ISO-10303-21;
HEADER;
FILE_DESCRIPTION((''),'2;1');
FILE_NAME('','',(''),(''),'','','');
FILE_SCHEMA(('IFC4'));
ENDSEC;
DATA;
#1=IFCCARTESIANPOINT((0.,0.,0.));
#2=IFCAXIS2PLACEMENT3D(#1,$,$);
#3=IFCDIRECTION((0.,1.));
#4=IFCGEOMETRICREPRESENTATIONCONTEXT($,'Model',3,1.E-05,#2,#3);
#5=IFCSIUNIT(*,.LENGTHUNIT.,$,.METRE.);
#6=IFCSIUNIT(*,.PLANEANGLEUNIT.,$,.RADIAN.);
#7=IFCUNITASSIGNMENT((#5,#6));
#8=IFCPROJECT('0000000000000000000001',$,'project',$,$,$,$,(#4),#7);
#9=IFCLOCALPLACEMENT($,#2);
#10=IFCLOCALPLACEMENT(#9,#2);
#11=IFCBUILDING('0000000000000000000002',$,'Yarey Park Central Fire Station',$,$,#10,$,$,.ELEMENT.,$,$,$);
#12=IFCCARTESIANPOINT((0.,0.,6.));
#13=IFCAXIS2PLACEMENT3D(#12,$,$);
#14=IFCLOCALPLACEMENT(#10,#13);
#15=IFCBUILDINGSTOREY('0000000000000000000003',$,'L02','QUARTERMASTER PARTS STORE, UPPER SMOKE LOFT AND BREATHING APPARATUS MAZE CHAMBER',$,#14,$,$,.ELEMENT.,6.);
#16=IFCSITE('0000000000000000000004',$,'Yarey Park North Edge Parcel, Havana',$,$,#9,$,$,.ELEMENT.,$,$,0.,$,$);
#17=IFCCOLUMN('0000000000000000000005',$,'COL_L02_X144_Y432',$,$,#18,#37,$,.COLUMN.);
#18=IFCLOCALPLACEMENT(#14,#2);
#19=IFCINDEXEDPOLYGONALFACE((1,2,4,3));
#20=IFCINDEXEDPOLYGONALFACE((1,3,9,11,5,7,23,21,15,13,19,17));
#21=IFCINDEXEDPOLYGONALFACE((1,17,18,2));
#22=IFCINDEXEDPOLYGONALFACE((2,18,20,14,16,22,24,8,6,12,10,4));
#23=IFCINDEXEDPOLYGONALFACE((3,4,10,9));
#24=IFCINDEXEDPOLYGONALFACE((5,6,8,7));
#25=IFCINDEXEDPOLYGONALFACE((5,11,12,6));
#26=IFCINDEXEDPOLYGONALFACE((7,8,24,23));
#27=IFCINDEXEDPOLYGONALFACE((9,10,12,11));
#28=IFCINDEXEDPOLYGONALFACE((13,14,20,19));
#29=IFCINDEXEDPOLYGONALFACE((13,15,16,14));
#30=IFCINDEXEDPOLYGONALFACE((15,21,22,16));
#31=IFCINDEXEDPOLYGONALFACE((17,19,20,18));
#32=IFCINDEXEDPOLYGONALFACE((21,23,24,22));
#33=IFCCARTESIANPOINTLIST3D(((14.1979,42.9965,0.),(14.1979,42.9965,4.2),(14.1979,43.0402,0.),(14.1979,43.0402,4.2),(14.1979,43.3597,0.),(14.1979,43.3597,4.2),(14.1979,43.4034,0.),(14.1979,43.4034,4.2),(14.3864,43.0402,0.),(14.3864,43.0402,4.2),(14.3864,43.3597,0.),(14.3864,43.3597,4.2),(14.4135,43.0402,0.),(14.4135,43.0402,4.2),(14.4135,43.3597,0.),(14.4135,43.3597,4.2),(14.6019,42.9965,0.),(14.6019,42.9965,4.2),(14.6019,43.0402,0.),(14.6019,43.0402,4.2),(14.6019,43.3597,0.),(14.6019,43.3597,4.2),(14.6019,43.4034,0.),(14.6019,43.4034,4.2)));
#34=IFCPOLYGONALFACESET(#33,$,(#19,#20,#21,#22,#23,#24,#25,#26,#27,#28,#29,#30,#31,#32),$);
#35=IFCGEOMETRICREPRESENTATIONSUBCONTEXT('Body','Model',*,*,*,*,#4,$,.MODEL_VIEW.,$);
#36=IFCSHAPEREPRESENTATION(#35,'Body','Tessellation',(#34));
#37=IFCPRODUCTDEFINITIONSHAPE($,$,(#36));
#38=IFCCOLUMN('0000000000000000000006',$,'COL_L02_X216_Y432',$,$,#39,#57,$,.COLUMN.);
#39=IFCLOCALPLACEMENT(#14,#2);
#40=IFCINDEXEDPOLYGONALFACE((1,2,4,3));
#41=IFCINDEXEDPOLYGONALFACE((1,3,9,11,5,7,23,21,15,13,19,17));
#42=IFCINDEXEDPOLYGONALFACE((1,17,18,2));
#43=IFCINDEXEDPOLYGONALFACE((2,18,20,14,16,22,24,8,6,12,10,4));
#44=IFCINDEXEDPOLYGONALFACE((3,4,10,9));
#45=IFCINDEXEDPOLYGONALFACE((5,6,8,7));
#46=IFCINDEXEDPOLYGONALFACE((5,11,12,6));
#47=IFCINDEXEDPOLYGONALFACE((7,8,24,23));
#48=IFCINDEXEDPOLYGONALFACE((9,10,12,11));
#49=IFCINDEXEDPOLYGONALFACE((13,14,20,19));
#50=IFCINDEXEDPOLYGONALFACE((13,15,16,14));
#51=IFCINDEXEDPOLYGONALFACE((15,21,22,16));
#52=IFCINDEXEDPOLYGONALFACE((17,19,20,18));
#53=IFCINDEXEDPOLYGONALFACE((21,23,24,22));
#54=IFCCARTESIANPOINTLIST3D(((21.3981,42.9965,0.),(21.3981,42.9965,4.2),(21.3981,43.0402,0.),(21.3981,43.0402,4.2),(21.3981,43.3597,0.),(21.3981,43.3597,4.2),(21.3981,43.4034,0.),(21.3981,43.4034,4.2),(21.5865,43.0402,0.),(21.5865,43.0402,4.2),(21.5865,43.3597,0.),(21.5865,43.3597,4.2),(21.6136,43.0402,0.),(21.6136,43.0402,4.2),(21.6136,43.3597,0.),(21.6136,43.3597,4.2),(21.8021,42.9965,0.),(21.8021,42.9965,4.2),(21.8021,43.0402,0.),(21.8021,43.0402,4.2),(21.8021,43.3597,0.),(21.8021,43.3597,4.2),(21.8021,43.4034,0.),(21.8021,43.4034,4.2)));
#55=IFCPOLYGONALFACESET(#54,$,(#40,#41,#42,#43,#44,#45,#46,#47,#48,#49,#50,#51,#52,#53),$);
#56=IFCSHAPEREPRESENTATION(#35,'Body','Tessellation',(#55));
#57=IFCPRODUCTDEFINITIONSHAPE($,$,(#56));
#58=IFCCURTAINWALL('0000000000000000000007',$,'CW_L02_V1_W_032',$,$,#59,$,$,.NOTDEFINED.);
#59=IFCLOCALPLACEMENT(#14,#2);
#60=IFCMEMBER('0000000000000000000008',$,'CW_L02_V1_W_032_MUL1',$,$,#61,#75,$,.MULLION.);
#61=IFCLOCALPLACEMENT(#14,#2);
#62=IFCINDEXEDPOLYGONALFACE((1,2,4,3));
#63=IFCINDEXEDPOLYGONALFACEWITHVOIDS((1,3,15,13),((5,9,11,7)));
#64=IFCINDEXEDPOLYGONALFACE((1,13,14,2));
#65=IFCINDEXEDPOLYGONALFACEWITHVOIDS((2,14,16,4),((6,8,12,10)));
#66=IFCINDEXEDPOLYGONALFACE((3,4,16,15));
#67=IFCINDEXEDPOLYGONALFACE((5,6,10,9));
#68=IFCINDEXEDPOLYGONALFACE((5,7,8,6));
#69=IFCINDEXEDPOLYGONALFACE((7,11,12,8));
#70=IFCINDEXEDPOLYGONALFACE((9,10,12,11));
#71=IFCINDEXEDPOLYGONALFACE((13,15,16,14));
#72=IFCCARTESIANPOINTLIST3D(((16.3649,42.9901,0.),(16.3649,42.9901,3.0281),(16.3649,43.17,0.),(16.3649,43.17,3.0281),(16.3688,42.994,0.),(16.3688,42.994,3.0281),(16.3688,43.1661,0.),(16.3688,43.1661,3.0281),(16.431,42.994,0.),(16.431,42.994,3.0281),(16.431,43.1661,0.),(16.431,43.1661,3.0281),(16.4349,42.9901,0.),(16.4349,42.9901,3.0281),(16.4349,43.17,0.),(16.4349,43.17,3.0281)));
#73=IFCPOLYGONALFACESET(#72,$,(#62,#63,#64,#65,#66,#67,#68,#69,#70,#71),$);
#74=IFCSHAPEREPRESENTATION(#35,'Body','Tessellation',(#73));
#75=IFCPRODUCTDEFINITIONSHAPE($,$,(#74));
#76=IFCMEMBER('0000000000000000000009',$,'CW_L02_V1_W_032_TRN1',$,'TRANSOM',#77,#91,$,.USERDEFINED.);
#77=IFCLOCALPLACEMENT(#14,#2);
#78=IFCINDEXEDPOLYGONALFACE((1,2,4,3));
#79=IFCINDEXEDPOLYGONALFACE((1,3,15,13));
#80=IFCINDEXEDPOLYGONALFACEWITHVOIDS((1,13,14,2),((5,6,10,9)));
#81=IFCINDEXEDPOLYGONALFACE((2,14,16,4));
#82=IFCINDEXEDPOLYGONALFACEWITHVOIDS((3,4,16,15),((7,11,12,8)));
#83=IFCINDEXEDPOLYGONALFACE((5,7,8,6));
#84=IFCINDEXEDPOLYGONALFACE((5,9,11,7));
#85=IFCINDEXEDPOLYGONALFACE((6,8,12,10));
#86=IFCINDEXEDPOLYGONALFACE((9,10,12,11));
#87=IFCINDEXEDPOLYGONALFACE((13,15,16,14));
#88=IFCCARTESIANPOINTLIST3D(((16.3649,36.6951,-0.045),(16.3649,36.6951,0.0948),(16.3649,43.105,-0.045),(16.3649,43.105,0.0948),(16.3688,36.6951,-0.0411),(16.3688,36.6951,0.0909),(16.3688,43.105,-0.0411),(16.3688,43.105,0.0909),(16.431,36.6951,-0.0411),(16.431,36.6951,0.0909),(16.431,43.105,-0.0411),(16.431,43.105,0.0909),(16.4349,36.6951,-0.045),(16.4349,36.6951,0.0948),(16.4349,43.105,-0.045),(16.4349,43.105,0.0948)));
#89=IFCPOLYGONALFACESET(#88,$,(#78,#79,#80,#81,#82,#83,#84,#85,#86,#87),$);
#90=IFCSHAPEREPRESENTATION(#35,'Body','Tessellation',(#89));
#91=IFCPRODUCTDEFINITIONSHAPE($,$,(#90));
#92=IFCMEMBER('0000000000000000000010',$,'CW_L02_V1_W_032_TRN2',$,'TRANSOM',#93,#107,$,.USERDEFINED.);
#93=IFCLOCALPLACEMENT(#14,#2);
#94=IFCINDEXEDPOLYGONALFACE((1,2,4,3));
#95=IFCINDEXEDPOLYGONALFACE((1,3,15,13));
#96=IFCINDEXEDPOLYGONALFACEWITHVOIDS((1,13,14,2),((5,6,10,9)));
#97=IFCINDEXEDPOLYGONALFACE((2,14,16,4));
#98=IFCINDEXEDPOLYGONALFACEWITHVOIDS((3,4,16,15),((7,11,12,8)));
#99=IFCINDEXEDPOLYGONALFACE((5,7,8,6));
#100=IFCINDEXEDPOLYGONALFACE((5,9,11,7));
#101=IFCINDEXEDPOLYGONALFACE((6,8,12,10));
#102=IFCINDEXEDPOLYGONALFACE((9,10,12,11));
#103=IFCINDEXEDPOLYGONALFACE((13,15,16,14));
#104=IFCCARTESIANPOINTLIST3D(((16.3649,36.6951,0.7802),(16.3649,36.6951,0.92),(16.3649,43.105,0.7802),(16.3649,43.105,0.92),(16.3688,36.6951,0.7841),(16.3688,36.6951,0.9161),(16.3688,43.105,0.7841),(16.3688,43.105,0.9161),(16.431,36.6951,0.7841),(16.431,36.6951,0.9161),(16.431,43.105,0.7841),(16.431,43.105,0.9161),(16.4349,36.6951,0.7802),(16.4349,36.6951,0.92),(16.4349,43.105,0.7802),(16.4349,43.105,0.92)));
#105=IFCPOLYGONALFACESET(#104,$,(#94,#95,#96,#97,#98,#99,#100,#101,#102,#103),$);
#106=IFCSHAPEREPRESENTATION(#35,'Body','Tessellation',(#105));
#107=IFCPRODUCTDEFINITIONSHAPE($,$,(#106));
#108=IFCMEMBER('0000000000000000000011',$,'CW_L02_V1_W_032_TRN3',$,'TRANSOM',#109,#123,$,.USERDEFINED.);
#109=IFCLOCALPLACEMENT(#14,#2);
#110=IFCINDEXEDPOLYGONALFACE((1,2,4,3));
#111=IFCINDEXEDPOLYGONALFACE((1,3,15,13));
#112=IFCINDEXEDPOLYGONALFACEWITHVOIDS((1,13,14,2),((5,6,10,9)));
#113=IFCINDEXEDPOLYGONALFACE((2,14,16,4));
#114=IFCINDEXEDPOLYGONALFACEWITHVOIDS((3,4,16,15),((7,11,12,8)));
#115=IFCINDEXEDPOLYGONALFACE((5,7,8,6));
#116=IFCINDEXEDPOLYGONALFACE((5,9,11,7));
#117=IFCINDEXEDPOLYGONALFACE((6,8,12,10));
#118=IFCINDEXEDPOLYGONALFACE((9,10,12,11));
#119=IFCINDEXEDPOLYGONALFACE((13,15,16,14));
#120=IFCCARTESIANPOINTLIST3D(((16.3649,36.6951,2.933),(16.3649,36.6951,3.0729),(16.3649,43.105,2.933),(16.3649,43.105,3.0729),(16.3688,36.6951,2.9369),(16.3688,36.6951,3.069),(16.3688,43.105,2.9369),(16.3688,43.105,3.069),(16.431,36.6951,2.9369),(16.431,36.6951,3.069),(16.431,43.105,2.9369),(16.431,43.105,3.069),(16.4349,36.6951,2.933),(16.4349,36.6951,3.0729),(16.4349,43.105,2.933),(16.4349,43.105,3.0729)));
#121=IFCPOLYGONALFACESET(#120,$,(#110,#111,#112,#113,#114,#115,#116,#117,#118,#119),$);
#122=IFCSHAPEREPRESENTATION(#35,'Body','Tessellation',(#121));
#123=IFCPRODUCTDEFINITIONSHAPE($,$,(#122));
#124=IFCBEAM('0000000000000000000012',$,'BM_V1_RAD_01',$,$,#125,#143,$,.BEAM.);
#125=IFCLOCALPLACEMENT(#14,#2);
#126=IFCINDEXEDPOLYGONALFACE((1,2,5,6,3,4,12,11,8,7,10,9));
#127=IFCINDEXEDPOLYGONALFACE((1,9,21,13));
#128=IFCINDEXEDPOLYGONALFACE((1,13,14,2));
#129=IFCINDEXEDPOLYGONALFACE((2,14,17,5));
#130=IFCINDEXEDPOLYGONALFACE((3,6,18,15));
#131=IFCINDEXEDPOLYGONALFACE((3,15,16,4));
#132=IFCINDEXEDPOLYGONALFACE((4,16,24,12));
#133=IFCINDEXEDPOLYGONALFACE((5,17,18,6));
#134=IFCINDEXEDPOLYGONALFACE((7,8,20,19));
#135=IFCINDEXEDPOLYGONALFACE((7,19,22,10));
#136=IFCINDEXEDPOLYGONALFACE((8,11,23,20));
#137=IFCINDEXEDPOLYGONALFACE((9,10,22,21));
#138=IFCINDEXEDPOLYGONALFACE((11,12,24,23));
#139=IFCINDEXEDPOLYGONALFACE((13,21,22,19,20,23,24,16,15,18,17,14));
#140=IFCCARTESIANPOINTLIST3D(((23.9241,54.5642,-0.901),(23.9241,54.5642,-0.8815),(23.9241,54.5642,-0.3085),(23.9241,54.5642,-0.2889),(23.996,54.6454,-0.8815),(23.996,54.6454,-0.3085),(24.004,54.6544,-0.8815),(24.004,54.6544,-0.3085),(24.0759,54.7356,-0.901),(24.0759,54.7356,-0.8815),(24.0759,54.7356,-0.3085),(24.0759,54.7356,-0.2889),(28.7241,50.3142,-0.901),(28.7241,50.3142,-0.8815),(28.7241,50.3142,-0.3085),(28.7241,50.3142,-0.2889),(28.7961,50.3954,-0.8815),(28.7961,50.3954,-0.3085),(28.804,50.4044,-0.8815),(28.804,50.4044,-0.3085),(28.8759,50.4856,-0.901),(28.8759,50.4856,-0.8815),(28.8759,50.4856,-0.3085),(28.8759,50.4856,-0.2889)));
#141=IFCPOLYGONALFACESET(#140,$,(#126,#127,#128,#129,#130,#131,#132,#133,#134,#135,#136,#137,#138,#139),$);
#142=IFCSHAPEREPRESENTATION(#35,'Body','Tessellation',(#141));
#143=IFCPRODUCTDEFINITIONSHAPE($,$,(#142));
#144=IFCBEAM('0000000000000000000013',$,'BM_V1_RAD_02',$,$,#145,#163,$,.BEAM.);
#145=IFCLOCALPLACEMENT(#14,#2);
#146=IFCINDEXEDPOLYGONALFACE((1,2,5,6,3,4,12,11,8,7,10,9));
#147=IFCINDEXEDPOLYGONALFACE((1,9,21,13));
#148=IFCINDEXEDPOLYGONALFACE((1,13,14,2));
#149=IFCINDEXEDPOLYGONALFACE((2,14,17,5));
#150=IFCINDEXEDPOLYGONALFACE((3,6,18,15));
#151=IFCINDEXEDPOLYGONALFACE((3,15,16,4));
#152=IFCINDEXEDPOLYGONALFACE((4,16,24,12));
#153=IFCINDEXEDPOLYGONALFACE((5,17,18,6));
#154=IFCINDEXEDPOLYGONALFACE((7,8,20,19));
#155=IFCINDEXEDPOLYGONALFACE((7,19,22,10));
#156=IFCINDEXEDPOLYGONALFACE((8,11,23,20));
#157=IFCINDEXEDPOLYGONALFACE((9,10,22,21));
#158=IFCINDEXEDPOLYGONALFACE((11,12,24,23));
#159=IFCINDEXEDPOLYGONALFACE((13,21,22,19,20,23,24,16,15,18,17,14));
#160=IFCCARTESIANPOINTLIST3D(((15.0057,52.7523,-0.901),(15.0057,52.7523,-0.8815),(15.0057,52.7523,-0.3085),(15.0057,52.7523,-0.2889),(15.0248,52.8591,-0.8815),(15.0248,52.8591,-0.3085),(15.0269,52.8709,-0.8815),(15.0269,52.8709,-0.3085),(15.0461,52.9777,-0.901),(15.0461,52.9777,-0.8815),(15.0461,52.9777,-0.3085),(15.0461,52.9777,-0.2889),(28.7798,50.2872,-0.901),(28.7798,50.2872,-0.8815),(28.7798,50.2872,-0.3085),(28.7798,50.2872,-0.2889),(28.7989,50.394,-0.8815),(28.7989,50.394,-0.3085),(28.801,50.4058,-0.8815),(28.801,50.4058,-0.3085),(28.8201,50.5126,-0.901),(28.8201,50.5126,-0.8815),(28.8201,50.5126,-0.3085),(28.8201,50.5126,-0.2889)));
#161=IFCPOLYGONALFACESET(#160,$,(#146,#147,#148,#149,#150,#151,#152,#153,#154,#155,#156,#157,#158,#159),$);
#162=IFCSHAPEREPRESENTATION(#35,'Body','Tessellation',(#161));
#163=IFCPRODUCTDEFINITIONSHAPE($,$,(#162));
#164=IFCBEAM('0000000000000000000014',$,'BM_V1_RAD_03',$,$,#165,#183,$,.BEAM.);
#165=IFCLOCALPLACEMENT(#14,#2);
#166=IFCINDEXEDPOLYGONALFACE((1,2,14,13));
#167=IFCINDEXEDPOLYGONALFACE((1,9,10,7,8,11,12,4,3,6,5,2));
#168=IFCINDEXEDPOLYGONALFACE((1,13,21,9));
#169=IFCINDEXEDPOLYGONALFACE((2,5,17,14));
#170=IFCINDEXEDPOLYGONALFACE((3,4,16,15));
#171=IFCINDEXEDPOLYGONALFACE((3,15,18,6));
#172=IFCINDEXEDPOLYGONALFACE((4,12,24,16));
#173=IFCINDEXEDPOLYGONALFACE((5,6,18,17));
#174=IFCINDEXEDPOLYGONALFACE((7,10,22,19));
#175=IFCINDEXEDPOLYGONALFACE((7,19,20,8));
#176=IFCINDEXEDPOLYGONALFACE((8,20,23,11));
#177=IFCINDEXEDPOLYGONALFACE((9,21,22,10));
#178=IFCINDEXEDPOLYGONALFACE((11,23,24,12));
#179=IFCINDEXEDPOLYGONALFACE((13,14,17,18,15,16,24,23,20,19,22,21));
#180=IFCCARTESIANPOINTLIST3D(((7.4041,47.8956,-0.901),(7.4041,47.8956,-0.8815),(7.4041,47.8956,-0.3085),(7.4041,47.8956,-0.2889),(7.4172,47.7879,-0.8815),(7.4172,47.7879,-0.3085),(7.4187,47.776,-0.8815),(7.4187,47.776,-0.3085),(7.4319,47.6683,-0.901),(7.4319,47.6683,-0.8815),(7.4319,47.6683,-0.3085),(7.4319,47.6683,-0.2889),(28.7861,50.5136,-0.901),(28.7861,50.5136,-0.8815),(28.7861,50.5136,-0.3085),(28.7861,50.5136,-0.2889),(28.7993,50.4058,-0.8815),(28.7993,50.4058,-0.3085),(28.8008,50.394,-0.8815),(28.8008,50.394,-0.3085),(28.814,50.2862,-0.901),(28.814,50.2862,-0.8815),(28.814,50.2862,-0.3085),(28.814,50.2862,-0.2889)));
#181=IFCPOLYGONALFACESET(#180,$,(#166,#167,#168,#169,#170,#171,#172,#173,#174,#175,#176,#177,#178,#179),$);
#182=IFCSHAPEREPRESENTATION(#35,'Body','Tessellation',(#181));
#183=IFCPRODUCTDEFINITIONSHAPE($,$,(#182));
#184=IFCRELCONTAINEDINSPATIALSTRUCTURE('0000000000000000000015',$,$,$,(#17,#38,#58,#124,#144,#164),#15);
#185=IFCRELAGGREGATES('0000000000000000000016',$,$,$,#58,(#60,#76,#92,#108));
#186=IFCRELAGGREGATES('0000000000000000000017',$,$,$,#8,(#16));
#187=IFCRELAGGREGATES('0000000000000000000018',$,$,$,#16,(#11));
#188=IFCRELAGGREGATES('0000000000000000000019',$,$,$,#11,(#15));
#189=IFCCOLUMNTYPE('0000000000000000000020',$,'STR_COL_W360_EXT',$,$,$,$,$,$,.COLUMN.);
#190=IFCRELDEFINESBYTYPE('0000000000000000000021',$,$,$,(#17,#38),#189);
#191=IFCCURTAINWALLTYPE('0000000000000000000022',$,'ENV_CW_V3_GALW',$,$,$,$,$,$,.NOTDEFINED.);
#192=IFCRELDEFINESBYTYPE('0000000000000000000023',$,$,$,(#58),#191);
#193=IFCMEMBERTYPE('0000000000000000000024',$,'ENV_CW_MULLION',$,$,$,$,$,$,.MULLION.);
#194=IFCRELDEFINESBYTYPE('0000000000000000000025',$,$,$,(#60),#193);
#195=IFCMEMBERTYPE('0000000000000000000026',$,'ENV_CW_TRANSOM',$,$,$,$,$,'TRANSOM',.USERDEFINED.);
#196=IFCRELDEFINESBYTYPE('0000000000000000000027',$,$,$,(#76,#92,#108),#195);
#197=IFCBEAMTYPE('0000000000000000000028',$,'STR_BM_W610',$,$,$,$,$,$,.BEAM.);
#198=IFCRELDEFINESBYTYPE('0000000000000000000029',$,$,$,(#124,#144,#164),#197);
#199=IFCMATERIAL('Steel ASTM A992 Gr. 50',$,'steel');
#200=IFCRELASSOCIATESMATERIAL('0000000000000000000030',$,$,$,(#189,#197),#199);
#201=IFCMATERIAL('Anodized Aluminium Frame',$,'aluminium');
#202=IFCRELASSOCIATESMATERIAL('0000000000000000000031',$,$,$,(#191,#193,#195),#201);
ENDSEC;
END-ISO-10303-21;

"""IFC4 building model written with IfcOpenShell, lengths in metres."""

from ifc_helpers import new_model, si_unit, direction, frame, origin, origin_2d, place, context, subcontext, project, spatial, hollow_rectangle, i_section, extrude, material, material_profile, profile_set, type_object, element, aggregate, save


model = new_model("IFC4")

# Units and contexts
model_context = context("Model", 3, precision=1e-05, world=origin(), true_north=direction((0.0, 1.0)))
body_context = subcontext(model_context, "Body", "Model", "MODEL_VIEW")
ifc_project = project(units=[si_unit("LENGTHUNIT", "METRE"), si_unit("PLANEANGLEUNIT", "RADIAN")], contexts=[model_context])

# Site, building, storey
site_placement = place(None, origin())
site = spatial("IfcSite", under=ifc_project, at=site_placement, Name="Yarey Park North Edge Parcel, Havana", CompositionType="ELEMENT", RefElevation=0.0)
building_placement = place(site_placement, origin())
building = spatial("IfcBuilding", under=site, at=building_placement, Name="Yarey Park Central Fire Station", CompositionType="ELEMENT")
storey_placement = place(building_placement, frame((0.0, 0.0, 6.0)))
storey = spatial("IfcBuildingStorey", under=building, at=storey_placement, Name="L02", Description="QUARTERMASTER PARTS STORE, UPPER SMOKE LOFT AND BREATHING APPARATUS MAZE CHAMBER", CompositionType="ELEMENT", Elevation=6.0)

# Columns
ifc_material_1 = material(Name="Steel ASTM A992 Gr. 50", Category="steel")
ifc_material_profile_1 = material_profile(ifc_material_1, i_section(OverallWidth=0.4041, OverallDepth=0.407, WebThickness=0.0271, FlangeThickness=0.0437, at=origin_2d()), Name="W360x347")
ifc_profile_set_1 = profile_set([ifc_material_profile_1], Name="Steel ASTM A992 Gr. 50")
column_type = type_object("IfcColumnType", Name="STR_COL_W360_EXT", PredefinedType="COLUMN", material=ifc_profile_set_1)
for number, where, z_axis, x_axis, name in (
    (1, (14.3999, 43.2, 0.0), (0.0, 0.0, 1.0), (1.0, 0.0, 0.0), "COL_L02_X144_Y432"),
    (2, (21.6001, 43.2, 0.0), (0.0, 0.0, 1.0), (1.0, 0.0, 0.0), "COL_L02_X216_Y432"),
):
    element("IfcColumn", number, at=place(storey_placement, frame(where, z_axis=z_axis, x_axis=x_axis)), inside=storey, type_object=column_type, Name=name, PredefinedType="COLUMN", context=body_context, shape_type="SweptSolid", body=[
        extrude(i_section(OverallWidth=0.4041, OverallDepth=0.407, WebThickness=0.0271, FlangeThickness=0.0437, at=origin_2d()), origin(), (0.0, 0.0, 1.0), 4.2),
    ])

# Curtain wall, members
ifc_material_2 = material(Name="Anodized Aluminium Frame", Category="aluminium")
curtain_wall_type = type_object("IfcCurtainWallType", Name="ENV_CW_V3_GALW", PredefinedType="NOTDEFINED", material=ifc_material_2)
curtain_wall_placement = place(storey_placement, origin())
curtain_wall = element("IfcCurtainWall", 3, at=curtain_wall_placement, inside=storey, type_object=curtain_wall_type, Name="CW_L02_V1_W_032", PredefinedType="NOTDEFINED")
ifc_material_profile_2 = material_profile(ifc_material_2, hollow_rectangle(XDim=0.0701, YDim=0.1799, WallThickness=0.0039, at=origin_2d()), Name="ALU 180x70x4")
ifc_profile_set_2 = profile_set([ifc_material_profile_2], Name="Anodized Aluminium Frame")
member_type_1 = type_object("IfcMemberType", Name="ENV_CW_MULLION", PredefinedType="MULLION", material=ifc_profile_set_2)
member_1_placement = place(storey_placement, frame((16.3999, 43.0801, 0.0), z_axis=(0.0, 0.0, 1.0), x_axis=(1.0, 0.0, 0.0)))
member_1 = element("IfcMember", 4, at=member_1_placement, type_object=member_type_1, Name="CW_L02_V1_W_032_MUL1", PredefinedType="MULLION", context=body_context, shape_type="SweptSolid", body=[
    extrude(hollow_rectangle(XDim=0.0701, YDim=0.1799, WallThickness=0.0039, at=origin_2d()), origin(), (0.0, 0.0, 1.0), 3.0281),
])
ifc_material_profile_3 = material_profile(ifc_material_2, hollow_rectangle(XDim=0.0701, YDim=0.1399, WallThickness=0.0039, at=origin_2d()), Name="ALU 140x70x4")
ifc_profile_set_3 = profile_set([ifc_material_profile_3], Name="Anodized Aluminium Frame")
member_type_2 = type_object("IfcMemberType", Name="ENV_CW_TRANSOM", ElementType="TRANSOM", PredefinedType="USERDEFINED", material=ifc_profile_set_3)
member_2_placement = place(storey_placement, frame((16.3999, 43.105, 0.0249), z_axis=(0.0, -1.0, 0.0), x_axis=(1.0, 0.0, 0.0)))
member_2 = element("IfcMember", 5, at=member_2_placement, type_object=member_type_2, Name="CW_L02_V1_W_032_TRN1", ObjectType="TRANSOM", PredefinedType="USERDEFINED", context=body_context, shape_type="SweptSolid", body=[
    extrude(hollow_rectangle(XDim=0.0701, YDim=0.1399, WallThickness=0.0039, at=origin_2d()), origin(), (0.0, 0.0, 1.0), 6.4099),
])
member_3_placement = place(storey_placement, frame((16.3999, 43.105, 0.8501), z_axis=(0.0, -1.0, 0.0), x_axis=(1.0, 0.0, 0.0)))
member_3 = element("IfcMember", 6, at=member_3_placement, type_object=member_type_2, Name="CW_L02_V1_W_032_TRN2", ObjectType="TRANSOM", PredefinedType="USERDEFINED", context=body_context, shape_type="SweptSolid", body=[
    extrude(hollow_rectangle(XDim=0.0701, YDim=0.1399, WallThickness=0.0039, at=origin_2d()), origin(), (0.0, 0.0, 1.0), 6.4099),
])
member_4_placement = place(storey_placement, frame((16.3999, 43.105, 3.0029), z_axis=(0.0, -1.0, 0.0), x_axis=(1.0, 0.0, 0.0)))
member_4 = element("IfcMember", 7, at=member_4_placement, type_object=member_type_2, Name="CW_L02_V1_W_032_TRN3", ObjectType="TRANSOM", PredefinedType="USERDEFINED", context=body_context, shape_type="SweptSolid", body=[
    extrude(hollow_rectangle(XDim=0.0701, YDim=0.1399, WallThickness=0.0039, at=origin_2d()), origin(), (0.0, 0.0, 1.0), 6.4099),
])
aggregate(curtain_wall, [member_1, member_2, member_3, member_4])

# Beams
ifc_material_profile_4 = material_profile(ifc_material_1, i_section(OverallWidth=0.229, OverallDepth=0.6121, WebThickness=0.012, FlangeThickness=0.0195, at=origin_2d()), Name="W610x125")
ifc_profile_set_4 = profile_set([ifc_material_profile_4], Name="Steel ASTM A992 Gr. 50")
beam_type_1 = type_object("IfcBeamType", Name="STR_BM_W610", PredefinedType="BEAM", material=ifc_profile_set_4)
beam_1_placement = place(storey_placement, frame((24.0, 54.6499, -0.595), z_axis=(0.748702, -0.662907, 0.0), x_axis=(0.662907, 0.748702, 0.0)))
element("IfcBeam", 8, at=beam_1_placement, inside=storey, type_object=beam_type_1, Name="BM_V1_RAD_01", PredefinedType="BEAM", context=body_context, shape_type="SweptSolid", body=[
    extrude(i_section(OverallWidth=0.229, OverallDepth=0.6121, WebThickness=0.012, FlangeThickness=0.0195, at=origin_2d()), origin(), (0.0, 0.0, 1.0), 6.4111),
])
beam_2_placement = place(storey_placement, frame((15.0259, 52.865, -0.595), z_axis=(0.984361, -0.176166, 0.0), x_axis=(0.176166, 0.984361, 0.0)))
element("IfcBeam", 9, at=beam_2_placement, inside=storey, type_object=beam_type_1, Name="BM_V1_RAD_02", PredefinedType="BEAM", context=body_context, shape_type="SweptSolid", body=[
    extrude(i_section(OverallWidth=0.229, OverallDepth=0.6121, WebThickness=0.012, FlangeThickness=0.0195, at=origin_2d()), origin(), (0.0, 0.0, 1.0), 13.9929),
])
beam_3_placement = place(storey_placement, frame((7.418, 47.782, -0.595), z_axis=(0.992588, 0.121528, 0.0), x_axis=(-0.121528, 0.992588, 0.0)))
element("IfcBeam", 10, at=beam_3_placement, inside=storey, type_object=beam_type_1, Name="BM_V1_RAD_03", PredefinedType="BEAM", context=body_context, shape_type="SweptSolid", body=[
    extrude(i_section(OverallWidth=0.229, OverallDepth=0.6121, WebThickness=0.012, FlangeThickness=0.0195, at=origin_2d()), origin(), (0.0, 0.0, 1.0), 21.5417),
])

save(model, "model.ifc")
